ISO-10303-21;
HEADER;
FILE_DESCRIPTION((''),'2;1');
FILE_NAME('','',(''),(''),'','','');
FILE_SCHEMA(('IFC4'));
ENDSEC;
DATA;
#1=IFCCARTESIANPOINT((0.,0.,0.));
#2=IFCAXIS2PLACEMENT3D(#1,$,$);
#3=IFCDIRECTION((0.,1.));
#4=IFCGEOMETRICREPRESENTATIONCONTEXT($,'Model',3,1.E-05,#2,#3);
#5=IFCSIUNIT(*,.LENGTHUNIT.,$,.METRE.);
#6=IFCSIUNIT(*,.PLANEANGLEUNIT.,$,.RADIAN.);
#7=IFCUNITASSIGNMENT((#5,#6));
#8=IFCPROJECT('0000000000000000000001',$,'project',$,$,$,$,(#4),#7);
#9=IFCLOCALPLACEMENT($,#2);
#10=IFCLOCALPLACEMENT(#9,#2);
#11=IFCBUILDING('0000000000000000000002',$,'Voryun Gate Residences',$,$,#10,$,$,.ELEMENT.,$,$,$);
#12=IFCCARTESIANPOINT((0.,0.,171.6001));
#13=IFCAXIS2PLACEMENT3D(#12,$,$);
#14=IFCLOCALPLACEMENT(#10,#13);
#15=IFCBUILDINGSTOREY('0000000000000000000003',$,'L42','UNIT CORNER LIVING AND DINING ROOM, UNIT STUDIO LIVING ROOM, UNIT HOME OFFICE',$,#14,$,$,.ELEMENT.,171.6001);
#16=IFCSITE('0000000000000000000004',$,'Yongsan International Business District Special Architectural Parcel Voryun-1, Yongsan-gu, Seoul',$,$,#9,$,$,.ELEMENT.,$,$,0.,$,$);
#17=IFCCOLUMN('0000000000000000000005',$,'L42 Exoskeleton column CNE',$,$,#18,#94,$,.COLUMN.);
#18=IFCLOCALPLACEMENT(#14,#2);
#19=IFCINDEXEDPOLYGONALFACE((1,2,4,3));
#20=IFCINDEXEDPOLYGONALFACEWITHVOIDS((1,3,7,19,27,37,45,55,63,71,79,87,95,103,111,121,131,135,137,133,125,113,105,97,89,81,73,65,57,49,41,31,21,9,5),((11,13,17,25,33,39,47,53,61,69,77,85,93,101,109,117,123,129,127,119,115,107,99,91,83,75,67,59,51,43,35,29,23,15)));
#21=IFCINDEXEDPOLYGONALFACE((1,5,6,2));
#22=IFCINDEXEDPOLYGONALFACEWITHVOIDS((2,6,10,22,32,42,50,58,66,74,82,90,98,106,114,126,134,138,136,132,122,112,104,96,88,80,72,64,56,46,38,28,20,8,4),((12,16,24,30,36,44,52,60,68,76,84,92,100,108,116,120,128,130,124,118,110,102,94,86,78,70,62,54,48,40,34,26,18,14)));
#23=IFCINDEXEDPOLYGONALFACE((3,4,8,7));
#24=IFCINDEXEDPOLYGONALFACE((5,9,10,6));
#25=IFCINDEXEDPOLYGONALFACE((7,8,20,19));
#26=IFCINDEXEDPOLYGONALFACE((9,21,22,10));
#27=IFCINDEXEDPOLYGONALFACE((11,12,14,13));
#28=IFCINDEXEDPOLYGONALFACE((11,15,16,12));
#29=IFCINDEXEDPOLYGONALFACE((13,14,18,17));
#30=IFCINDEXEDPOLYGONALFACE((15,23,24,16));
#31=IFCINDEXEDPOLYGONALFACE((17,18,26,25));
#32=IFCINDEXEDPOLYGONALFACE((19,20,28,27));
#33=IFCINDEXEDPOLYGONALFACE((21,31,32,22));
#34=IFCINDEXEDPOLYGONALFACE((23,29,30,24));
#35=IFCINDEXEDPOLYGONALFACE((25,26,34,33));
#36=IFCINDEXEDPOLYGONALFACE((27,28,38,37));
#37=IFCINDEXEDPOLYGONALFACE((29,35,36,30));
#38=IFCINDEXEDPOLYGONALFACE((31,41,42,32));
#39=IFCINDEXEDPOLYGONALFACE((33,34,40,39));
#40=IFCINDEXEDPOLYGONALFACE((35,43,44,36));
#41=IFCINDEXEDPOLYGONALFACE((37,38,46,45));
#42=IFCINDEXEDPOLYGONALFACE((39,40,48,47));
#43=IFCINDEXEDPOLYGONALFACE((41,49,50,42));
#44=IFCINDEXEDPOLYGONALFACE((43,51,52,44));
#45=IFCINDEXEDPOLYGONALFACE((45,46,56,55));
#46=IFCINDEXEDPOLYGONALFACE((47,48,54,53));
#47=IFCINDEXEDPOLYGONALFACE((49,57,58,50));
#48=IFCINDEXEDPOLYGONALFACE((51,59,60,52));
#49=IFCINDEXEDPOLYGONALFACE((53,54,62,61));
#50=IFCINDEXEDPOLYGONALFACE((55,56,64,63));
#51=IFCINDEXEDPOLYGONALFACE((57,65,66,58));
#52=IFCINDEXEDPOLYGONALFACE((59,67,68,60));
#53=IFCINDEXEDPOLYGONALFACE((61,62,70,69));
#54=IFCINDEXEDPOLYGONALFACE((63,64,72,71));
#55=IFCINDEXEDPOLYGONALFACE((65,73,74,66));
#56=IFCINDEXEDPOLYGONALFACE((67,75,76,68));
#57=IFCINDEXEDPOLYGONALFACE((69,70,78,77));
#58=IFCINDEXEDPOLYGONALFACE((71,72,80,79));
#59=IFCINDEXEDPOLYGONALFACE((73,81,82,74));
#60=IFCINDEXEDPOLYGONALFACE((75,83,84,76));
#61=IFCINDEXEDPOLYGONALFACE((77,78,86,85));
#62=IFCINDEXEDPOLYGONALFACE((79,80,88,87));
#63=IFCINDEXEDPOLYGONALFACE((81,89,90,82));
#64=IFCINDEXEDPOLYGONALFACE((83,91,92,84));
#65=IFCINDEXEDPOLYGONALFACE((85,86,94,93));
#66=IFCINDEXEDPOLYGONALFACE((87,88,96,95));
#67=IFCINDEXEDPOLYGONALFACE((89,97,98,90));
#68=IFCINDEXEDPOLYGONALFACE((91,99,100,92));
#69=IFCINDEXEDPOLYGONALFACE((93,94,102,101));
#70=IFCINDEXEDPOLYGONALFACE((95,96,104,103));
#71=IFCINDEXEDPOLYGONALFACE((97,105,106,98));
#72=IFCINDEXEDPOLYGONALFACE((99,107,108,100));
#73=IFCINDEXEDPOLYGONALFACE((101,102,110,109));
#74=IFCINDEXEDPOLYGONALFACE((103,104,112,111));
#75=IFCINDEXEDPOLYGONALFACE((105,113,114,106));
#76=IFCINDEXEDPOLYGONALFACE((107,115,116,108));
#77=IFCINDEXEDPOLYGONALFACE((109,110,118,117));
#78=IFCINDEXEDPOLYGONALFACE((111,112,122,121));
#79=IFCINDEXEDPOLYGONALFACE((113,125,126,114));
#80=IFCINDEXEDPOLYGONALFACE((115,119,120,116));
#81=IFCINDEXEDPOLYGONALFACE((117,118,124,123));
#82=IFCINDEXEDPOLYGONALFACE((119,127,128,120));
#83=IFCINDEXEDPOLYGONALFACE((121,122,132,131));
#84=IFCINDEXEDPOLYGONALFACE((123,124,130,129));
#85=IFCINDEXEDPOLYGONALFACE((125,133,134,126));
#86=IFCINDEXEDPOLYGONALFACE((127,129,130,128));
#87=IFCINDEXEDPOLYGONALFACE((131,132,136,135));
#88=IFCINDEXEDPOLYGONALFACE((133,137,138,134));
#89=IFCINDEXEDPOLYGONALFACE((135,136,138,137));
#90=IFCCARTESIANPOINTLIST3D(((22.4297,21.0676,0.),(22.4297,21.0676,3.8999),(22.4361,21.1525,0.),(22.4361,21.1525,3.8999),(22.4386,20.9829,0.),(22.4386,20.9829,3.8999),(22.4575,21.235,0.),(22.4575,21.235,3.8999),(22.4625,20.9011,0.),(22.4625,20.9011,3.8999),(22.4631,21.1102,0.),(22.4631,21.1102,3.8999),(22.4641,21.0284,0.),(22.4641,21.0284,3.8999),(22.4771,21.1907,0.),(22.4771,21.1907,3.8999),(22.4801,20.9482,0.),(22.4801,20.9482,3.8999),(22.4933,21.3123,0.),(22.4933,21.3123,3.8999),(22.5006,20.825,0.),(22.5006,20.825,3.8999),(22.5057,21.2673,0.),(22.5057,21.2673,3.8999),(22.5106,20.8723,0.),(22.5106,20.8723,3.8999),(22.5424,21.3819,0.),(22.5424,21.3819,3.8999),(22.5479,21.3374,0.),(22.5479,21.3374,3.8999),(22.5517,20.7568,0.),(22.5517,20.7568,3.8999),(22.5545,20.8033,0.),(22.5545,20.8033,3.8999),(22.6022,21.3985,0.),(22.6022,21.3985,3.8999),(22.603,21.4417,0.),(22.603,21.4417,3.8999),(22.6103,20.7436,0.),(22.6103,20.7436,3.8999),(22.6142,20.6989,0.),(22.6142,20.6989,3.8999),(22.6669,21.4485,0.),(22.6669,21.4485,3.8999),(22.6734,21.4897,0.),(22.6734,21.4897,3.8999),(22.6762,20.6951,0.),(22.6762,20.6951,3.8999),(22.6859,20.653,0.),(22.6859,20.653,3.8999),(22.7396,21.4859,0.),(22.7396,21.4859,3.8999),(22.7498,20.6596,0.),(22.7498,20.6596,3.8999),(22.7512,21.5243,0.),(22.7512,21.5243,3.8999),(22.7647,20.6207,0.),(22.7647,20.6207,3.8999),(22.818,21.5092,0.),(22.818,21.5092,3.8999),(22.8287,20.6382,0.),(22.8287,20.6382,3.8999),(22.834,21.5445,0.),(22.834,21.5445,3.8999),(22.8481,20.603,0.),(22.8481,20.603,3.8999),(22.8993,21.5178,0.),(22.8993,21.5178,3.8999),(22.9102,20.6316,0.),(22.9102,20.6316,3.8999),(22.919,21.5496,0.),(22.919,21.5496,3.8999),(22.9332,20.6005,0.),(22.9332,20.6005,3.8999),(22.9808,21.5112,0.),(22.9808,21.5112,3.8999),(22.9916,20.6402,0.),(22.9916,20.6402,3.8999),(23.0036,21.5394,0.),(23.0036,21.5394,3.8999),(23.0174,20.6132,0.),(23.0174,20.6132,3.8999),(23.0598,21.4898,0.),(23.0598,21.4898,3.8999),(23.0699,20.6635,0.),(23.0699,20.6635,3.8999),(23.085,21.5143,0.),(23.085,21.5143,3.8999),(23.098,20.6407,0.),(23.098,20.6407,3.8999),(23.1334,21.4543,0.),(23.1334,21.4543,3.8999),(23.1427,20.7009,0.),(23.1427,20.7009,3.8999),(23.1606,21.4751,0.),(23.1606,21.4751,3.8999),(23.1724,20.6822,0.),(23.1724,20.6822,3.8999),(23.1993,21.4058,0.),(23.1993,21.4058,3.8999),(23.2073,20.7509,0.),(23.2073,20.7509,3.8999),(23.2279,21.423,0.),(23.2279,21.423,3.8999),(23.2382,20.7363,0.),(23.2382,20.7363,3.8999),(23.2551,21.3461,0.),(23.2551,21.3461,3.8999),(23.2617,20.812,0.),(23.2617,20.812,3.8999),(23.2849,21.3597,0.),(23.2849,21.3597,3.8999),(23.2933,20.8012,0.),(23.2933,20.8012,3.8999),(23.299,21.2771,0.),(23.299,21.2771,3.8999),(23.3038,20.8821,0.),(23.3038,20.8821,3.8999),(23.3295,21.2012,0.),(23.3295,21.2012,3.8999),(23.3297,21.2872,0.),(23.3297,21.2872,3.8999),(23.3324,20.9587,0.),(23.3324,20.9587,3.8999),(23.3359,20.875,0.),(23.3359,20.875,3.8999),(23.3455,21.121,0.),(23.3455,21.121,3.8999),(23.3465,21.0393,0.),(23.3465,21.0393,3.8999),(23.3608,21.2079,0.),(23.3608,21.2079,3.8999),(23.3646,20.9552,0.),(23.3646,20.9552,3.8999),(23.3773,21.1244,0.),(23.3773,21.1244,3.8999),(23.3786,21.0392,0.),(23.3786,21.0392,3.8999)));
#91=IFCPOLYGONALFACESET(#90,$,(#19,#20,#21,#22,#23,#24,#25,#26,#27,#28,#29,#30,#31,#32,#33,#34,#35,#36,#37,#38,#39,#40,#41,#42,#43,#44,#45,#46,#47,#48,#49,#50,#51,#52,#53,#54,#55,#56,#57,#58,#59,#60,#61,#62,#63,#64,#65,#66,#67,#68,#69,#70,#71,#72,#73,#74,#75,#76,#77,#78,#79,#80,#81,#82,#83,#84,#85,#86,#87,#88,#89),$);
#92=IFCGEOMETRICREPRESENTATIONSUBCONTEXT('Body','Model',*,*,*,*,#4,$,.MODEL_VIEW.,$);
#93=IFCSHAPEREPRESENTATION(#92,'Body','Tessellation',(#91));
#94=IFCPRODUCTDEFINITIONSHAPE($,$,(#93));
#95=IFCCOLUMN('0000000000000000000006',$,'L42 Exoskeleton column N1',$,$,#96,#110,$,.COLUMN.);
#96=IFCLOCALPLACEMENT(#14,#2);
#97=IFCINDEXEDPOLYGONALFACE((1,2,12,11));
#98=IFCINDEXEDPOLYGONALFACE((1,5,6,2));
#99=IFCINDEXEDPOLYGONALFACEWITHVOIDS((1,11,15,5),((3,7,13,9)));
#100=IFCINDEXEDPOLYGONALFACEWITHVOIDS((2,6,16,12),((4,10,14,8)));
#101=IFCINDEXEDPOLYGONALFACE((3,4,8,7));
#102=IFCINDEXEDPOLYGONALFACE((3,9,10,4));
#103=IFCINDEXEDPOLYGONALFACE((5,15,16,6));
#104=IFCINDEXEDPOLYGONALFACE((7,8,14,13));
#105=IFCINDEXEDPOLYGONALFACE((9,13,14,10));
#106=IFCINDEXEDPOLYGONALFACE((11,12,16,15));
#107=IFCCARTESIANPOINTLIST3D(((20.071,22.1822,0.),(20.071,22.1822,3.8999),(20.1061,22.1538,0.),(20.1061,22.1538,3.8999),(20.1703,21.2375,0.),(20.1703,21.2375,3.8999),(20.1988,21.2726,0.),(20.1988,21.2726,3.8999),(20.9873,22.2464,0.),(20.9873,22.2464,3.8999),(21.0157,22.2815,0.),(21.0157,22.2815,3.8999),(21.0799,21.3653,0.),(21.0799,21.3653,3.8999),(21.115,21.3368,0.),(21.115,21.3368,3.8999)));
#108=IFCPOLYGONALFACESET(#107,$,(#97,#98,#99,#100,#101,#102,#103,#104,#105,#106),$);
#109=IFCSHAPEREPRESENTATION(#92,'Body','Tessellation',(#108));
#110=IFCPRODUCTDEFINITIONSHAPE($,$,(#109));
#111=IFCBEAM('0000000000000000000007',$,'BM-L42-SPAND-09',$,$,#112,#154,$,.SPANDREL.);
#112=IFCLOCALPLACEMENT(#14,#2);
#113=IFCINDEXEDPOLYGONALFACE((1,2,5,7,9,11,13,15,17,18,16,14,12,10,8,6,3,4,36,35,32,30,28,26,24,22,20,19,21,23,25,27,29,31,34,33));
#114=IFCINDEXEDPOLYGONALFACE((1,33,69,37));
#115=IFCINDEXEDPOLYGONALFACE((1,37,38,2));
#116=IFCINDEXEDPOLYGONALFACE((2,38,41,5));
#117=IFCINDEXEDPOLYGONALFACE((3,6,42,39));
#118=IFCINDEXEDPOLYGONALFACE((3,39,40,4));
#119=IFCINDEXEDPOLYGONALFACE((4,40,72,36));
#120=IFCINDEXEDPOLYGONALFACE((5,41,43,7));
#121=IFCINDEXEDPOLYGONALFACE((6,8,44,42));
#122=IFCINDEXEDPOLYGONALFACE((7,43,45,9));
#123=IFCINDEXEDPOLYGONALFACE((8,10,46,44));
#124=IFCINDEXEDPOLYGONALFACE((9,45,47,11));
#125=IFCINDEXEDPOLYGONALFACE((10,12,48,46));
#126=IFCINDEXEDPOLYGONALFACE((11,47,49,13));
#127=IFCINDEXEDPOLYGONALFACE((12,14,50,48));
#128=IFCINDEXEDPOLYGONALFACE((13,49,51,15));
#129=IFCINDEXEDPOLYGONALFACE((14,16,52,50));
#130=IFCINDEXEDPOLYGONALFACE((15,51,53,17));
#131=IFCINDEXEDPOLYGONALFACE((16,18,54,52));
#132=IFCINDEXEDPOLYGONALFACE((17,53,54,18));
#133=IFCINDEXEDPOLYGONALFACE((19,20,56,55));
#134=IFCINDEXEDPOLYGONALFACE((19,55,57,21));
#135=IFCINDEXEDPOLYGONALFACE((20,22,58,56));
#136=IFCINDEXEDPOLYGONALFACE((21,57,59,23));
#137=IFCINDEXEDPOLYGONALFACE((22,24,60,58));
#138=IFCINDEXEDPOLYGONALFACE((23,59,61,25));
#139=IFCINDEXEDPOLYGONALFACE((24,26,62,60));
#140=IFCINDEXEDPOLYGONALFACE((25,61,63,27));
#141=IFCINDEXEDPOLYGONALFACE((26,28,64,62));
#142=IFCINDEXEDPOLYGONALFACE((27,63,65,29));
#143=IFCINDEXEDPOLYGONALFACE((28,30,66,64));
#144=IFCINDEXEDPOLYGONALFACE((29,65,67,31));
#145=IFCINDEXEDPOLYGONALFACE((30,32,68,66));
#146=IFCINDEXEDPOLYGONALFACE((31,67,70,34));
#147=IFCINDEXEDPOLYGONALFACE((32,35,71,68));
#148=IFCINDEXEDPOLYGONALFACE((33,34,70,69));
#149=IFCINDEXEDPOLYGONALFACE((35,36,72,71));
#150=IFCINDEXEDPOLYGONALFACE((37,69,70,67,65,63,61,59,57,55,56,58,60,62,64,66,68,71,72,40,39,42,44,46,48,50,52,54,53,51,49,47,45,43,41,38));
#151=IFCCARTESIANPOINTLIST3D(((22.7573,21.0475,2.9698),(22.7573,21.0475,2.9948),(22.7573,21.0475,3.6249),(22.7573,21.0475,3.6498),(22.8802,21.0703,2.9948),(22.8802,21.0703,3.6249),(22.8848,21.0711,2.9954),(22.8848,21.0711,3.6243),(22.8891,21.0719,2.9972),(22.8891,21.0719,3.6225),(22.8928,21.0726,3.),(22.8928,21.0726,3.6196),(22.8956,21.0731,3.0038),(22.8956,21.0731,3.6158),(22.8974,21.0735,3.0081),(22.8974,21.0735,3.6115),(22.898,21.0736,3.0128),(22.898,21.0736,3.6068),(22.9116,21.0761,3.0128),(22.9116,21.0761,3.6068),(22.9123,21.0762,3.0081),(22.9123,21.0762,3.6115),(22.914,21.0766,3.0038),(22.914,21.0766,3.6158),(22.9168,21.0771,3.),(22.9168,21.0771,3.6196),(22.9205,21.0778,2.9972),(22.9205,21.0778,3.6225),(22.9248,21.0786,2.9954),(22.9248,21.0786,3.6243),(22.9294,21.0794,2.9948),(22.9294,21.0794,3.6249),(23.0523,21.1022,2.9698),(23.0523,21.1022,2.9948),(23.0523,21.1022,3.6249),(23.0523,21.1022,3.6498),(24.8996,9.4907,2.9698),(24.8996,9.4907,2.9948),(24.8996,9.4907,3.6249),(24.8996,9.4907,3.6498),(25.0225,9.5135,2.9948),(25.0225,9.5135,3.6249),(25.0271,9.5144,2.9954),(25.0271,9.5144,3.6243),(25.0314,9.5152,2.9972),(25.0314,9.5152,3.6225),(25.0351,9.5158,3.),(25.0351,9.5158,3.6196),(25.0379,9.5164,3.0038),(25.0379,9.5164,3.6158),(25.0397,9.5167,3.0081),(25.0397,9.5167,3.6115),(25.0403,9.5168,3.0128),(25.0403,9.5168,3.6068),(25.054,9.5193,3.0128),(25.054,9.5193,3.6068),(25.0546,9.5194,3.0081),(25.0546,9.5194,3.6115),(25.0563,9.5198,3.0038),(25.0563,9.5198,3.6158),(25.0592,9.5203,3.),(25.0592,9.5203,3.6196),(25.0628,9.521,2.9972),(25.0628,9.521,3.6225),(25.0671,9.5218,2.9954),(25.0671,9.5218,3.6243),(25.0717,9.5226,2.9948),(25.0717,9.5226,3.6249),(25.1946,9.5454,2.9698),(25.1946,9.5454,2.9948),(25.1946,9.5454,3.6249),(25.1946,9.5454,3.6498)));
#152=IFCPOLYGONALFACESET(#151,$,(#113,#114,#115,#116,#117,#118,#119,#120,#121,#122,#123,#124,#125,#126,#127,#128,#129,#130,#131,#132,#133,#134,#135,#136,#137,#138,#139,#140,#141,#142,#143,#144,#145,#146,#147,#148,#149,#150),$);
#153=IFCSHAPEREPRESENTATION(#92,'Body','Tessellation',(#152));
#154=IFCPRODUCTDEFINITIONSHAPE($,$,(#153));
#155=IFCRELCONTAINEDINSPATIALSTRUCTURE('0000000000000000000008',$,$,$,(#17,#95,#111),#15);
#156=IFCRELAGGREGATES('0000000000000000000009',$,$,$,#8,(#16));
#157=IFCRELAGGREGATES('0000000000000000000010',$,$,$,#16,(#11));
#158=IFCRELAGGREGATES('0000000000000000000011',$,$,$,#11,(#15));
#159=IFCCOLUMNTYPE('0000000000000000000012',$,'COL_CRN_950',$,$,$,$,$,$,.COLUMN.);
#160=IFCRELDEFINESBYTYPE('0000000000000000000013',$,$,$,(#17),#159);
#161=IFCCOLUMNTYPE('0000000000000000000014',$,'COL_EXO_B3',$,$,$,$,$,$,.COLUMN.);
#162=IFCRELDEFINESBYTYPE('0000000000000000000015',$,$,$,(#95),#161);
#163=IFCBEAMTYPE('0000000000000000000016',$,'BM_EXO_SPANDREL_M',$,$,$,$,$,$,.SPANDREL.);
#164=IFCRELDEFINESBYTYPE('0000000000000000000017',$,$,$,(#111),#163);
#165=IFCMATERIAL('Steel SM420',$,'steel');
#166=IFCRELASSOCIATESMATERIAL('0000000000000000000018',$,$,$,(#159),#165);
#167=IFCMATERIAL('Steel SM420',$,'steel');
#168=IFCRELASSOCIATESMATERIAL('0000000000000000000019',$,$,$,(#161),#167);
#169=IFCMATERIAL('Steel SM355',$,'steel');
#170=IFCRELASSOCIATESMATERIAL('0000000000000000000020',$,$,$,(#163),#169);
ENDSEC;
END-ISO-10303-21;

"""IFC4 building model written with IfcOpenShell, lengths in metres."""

from ifc_helpers import new_model, si_unit, direction, frame, origin, origin_2d, place, context, subcontext, project, spatial, hollow_rectangle, hollow_circle, i_section, extrude, material, material_profile, profile_set, type_object, element, save


model = new_model("IFC4")

# Units and contexts
model_context = context("Model", 3, precision=1e-05, world=origin(), true_north=direction((0.0, 1.0)))
body_context = subcontext(model_context, "Body", "Model", "MODEL_VIEW")
ifc_project = project(units=[si_unit("LENGTHUNIT", "METRE"), si_unit("PLANEANGLEUNIT", "RADIAN")], contexts=[model_context])

# Site, building, storey
site_placement = place(None, origin())
site = spatial("IfcSite", under=ifc_project, at=site_placement, Name="Yongsan International Business District Special Architectural Parcel Voryun-1, Yongsan-gu, Seoul", CompositionType="ELEMENT", RefElevation=0.0)
building_placement = place(site_placement, origin())
building = spatial("IfcBuilding", under=site, at=building_placement, Name="Voryun Gate Residences", CompositionType="ELEMENT")
storey_placement = place(building_placement, frame((0.0, 0.0, 171.6001)))
storey = spatial("IfcBuildingStorey", under=building, at=storey_placement, Name="L42", Description="UNIT CORNER LIVING AND DINING ROOM, UNIT STUDIO LIVING ROOM, UNIT HOME OFFICE", CompositionType="ELEMENT", Elevation=171.6001)

# Columns
ifc_material_1 = material(Name="Steel SM420", Category="steel")
ifc_material_profile_1 = material_profile(ifc_material_1, hollow_circle(Radius=0.4751, WallThickness=0.032, at=origin_2d()), Name="CHS-950x32")
ifc_profile_set_1 = profile_set([ifc_material_profile_1], Name="Steel SM420")
column_type_1 = type_object("IfcColumnType", Name="COL_CRN_950", PredefinedType="COLUMN", material=ifc_profile_set_1)
column_1_placement = place(storey_placement, frame((22.9048, 21.0747, 0.0), z_axis=(0.0, 0.0, 1.0), x_axis=(0.994522, 0.104528, 0.0)))
element("IfcColumn", 1, at=column_1_placement, inside=storey, type_object=column_type_1, Name="L42 Exoskeleton column CNE", PredefinedType="COLUMN", context=body_context, shape_type="SweptSolid", body=[
    extrude(hollow_circle(Radius=0.4751, WallThickness=0.032, at=origin_2d()), origin(), (0.0, 0.0, 1.0), 3.8999),
])
ifc_material_2 = material(Name="Steel SM420", Category="steel")
ifc_material_profile_2 = material_profile(ifc_material_2, hollow_rectangle(XDim=0.95, YDim=0.95, WallThickness=0.032, at=origin_2d()), Name="BOX-950x950x32")
ifc_profile_set_2 = profile_set([ifc_material_profile_2], Name="Steel SM420")
column_type_2 = type_object("IfcColumnType", Name="COL_EXO_B3", PredefinedType="COLUMN", material=ifc_profile_set_2)
column_2_placement = place(storey_placement, frame((20.593, 21.7595, 0.0), z_axis=(0.0, 0.0, 1.0), x_axis=(0.994522, 0.104528, 0.0)))
element("IfcColumn", 2, at=column_2_placement, inside=storey, type_object=column_type_2, Name="L42 Exoskeleton column N1", PredefinedType="COLUMN", context=body_context, shape_type="SweptSolid", body=[
    extrude(hollow_rectangle(XDim=0.95, YDim=0.95, WallThickness=0.032, at=origin_2d()), origin(), (0.0, 0.0, 1.0), 3.8999),
])

# Beam
ifc_material_3 = material(Name="Steel SM355", Category="steel")
ifc_material_profile_3 = material_profile(ifc_material_3, i_section(OverallWidth=0.3, OverallDepth=0.6799, WebThickness=0.0139, FlangeThickness=0.0249, FilletRadius=0.0181, at=origin_2d()), Name="H-680x300x14x25")
ifc_profile_set_3 = profile_set([ifc_material_profile_3], Name="Steel SM355")
beam_type = type_object("IfcBeamType", Name="BM_EXO_SPANDREL_M", PredefinedType="SPANDREL", material=ifc_profile_set_3)
beam_1_placement = place(storey_placement, frame((25.0471, 9.5181, 3.3098), z_axis=(-0.182268, 0.983249, 0.0), x_axis=(-0.983249, -0.182268, 0.0)))
element("IfcBeam", 3, at=beam_1_placement, inside=storey, type_object=beam_type, Name="BM-L42-SPAND-09", PredefinedType="SPANDREL", context=body_context, shape_type="SweptSolid", body=[
    extrude(i_section(OverallWidth=0.3, OverallDepth=0.6799, WebThickness=0.0139, FlangeThickness=0.0249, FilletRadius=0.0181, at=origin_2d()), origin(), (0.0, 0.0, 1.0), 11.7537),
])

save(model, "model.ifc")
